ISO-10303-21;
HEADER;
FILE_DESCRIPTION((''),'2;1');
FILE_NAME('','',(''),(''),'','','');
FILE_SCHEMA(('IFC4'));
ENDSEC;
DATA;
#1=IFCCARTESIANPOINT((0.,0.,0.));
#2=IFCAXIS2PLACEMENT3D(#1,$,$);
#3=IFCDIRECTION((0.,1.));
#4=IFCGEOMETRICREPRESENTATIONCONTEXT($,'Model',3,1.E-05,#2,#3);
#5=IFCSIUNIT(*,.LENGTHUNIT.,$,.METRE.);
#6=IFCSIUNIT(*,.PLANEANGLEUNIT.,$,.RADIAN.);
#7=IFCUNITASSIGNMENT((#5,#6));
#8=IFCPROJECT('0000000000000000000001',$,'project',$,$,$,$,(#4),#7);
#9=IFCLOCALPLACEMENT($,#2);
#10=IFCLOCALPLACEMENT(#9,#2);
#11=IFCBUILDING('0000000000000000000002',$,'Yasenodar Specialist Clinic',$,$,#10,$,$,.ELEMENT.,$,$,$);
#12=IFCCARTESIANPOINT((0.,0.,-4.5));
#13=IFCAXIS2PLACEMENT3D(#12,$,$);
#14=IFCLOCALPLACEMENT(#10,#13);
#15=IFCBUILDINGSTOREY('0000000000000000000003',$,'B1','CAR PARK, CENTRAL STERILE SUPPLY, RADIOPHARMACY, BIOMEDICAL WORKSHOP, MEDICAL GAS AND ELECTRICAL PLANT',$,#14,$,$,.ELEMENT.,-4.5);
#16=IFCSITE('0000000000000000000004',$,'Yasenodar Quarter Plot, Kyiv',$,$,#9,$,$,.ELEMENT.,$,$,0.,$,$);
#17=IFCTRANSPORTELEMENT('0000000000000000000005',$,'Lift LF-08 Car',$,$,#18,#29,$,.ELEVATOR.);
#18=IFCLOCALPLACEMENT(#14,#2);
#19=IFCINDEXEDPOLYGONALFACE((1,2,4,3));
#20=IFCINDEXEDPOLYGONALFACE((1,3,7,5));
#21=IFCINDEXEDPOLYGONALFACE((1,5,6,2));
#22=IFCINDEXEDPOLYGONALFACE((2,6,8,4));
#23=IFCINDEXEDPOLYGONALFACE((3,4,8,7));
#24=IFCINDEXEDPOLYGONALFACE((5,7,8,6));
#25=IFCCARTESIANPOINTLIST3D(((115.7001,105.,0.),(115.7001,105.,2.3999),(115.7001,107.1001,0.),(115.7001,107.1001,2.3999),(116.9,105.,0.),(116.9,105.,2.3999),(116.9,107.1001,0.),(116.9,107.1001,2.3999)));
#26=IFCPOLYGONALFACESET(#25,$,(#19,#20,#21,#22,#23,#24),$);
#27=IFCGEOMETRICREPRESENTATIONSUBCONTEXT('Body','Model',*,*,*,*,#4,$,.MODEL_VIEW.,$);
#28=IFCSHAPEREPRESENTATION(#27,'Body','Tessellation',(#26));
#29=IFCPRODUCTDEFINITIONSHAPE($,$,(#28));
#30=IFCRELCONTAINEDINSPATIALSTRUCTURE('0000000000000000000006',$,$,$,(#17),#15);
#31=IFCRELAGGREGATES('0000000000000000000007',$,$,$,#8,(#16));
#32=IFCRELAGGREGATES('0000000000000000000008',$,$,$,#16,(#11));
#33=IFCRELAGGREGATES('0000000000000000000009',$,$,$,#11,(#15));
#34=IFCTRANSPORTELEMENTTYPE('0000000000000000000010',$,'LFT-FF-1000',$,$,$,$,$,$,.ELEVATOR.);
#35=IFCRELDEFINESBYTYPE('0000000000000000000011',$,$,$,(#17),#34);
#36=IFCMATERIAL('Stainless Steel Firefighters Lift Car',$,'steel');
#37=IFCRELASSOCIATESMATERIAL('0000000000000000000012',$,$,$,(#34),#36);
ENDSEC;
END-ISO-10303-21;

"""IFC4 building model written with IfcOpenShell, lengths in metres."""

from ifc_helpers import new_model, si_unit, direction, frame, origin, origin_2d, place, context, subcontext, project, spatial, rectangle, extrude, material, type_object, element, save


model = new_model("IFC4")

# Units and contexts
model_context = context("Model", 3, precision=1e-05, world=origin(), true_north=direction((0.0, 1.0)))
body_context = subcontext(model_context, "Body", "Model", "MODEL_VIEW")
ifc_project = project(units=[si_unit("LENGTHUNIT", "METRE"), si_unit("PLANEANGLEUNIT", "RADIAN")], contexts=[model_context])

# Site, building, storey
site_placement = place(None, origin())
site = spatial("IfcSite", under=ifc_project, at=site_placement, Name="Yasenodar Quarter Plot, Kyiv", CompositionType="ELEMENT", RefElevation=0.0)
building_placement = place(site_placement, origin())
building = spatial("IfcBuilding", under=site, at=building_placement, Name="Yasenodar Specialist Clinic", CompositionType="ELEMENT")
storey_placement = place(building_placement, frame((0.0, 0.0, -4.5)))
storey = spatial("IfcBuildingStorey", under=building, at=storey_placement, Name="B1", Description="CAR PARK, CENTRAL STERILE SUPPLY, RADIOPHARMACY, BIOMEDICAL WORKSHOP, MEDICAL GAS AND ELECTRICAL PLANT", CompositionType="ELEMENT", Elevation=-4.5)

# Transport element
ifc_material_1 = material(Name="Stainless Steel Firefighters Lift Car", Category="steel")
transport_element_type = type_object("IfcTransportElementType", Name="LFT-FF-1000", PredefinedType="ELEVATOR", material=ifc_material_1)
transport_element_placement = place(storey_placement, frame((116.3, 106.05, 0.0), z_axis=(0.0, 0.0, 1.0), x_axis=(1.0, 0.0, 0.0)))
element("IfcTransportElement", 1, at=transport_element_placement, inside=storey, type_object=transport_element_type, Name="Lift LF-08 Car", PredefinedType="ELEVATOR", context=body_context, shape_type="SweptSolid", body=[
    extrude(rectangle(XDim=1.2, YDim=2.1001, at=origin_2d()), origin(), (0.0, 0.0, 1.0), 2.3999),
])

save(model, "model.ifc")
